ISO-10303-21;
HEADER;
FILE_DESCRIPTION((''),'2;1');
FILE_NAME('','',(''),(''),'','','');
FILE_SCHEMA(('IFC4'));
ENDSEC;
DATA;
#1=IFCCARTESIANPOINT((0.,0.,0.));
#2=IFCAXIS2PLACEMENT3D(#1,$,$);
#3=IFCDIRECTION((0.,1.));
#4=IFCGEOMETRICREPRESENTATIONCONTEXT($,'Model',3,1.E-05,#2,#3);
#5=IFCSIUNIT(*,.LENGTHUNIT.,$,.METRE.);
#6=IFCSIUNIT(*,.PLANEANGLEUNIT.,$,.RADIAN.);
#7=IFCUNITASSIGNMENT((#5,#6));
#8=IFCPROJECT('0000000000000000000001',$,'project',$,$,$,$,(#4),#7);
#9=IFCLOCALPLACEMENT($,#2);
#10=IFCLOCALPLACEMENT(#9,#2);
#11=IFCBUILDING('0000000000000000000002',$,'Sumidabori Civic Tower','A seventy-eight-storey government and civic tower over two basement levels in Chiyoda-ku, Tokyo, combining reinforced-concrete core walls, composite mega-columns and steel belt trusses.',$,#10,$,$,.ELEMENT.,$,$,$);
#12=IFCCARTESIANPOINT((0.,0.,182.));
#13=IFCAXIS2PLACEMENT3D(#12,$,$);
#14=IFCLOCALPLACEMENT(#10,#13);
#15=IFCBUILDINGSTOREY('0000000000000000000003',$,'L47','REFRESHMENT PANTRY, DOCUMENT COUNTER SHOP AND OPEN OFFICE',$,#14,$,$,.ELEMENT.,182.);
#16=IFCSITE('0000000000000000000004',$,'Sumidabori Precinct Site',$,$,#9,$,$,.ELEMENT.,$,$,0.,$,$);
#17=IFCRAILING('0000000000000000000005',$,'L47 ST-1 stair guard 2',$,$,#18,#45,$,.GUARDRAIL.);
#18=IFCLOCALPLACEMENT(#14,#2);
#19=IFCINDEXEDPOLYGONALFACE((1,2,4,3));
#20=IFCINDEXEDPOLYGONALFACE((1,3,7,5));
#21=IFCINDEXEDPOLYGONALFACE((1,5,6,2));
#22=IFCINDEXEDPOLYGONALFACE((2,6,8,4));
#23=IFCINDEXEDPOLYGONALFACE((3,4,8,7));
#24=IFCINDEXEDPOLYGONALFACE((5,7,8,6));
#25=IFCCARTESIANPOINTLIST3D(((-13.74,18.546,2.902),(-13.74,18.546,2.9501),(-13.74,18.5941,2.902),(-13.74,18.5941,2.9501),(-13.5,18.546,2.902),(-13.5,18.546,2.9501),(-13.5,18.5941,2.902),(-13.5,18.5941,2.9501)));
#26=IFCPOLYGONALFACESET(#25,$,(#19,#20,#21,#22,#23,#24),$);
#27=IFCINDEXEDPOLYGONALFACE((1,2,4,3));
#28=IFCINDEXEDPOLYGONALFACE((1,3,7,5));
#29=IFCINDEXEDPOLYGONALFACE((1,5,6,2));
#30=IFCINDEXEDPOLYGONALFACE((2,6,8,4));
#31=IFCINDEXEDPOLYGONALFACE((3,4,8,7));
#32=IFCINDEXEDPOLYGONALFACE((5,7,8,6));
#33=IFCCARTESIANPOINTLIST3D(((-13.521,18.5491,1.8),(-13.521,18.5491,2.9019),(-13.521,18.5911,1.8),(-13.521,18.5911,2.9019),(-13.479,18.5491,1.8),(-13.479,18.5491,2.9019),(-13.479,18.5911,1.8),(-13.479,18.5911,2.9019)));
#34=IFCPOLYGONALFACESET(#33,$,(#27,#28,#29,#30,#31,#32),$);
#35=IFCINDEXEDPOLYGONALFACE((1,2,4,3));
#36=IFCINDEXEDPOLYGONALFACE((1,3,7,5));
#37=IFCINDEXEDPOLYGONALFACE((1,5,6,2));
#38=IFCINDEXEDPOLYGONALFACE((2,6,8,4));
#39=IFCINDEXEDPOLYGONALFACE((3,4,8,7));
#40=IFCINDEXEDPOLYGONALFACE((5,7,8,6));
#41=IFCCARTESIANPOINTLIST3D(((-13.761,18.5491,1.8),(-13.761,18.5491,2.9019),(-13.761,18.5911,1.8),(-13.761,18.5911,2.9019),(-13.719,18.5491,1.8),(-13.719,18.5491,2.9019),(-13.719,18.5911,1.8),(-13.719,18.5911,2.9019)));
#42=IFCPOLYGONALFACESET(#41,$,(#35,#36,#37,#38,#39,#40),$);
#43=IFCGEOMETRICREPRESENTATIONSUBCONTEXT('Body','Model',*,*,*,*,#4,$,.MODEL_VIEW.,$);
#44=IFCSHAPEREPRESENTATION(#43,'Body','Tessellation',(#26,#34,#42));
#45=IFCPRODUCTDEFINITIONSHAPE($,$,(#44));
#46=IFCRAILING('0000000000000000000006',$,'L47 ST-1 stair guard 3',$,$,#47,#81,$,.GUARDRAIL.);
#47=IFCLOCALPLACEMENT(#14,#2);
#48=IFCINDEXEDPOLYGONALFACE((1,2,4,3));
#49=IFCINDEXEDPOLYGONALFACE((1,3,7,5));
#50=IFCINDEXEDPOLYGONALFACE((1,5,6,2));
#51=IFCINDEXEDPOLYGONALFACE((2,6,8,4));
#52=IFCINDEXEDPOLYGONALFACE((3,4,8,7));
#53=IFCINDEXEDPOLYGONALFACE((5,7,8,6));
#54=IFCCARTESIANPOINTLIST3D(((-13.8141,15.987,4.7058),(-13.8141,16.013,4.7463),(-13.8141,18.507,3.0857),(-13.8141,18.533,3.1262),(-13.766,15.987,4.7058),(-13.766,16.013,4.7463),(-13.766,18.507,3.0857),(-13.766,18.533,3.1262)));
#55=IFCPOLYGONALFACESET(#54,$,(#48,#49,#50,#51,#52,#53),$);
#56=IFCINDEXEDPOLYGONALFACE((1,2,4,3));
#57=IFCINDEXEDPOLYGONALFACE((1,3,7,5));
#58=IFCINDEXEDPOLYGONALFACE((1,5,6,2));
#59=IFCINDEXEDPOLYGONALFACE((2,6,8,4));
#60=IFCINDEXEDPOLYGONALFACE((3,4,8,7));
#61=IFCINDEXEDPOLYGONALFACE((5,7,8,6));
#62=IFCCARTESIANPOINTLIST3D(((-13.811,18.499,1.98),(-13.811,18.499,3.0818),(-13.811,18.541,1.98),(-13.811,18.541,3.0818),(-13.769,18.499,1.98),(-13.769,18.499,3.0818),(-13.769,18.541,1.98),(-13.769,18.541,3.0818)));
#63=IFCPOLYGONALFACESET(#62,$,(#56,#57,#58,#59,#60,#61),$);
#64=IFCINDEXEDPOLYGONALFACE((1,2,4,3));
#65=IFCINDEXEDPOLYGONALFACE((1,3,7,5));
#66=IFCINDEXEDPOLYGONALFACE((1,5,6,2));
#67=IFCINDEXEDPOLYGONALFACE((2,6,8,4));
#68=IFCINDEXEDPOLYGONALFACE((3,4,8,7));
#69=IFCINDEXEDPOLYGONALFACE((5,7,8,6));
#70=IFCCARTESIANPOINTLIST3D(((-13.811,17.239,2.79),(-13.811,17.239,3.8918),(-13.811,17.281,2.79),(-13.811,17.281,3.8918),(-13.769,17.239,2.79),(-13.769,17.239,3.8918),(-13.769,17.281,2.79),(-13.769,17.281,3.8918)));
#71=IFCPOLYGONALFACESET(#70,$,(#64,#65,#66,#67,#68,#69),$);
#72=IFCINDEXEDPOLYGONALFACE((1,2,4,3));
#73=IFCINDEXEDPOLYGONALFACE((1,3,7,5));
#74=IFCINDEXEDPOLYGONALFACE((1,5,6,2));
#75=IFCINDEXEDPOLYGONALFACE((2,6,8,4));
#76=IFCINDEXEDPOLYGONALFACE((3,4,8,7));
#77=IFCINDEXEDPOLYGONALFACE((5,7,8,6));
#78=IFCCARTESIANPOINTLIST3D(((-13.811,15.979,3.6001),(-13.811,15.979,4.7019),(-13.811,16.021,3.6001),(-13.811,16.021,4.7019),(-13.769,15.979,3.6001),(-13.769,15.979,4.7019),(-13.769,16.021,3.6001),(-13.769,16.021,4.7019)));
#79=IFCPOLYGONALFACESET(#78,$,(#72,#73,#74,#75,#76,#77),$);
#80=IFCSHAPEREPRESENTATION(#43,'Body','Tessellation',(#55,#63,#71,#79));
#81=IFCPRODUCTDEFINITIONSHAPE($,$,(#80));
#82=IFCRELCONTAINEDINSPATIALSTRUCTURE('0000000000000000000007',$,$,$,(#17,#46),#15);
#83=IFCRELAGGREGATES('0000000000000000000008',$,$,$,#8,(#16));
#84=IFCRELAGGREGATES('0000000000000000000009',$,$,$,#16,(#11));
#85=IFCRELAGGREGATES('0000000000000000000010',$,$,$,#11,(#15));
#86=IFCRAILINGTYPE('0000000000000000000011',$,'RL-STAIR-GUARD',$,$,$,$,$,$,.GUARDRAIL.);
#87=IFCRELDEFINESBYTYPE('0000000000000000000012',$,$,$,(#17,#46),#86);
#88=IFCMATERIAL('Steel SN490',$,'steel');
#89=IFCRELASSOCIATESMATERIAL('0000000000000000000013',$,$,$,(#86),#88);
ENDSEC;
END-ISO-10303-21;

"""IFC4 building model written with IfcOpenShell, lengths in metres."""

from ifc_helpers import new_model, si_unit, direction, frame, origin, origin_2d, place, context, subcontext, project, spatial, rectangle, extrude, material, type_object, element, save


model = new_model("IFC4")

# Units and contexts
model_context = context("Model", 3, precision=1e-05, world=origin(), true_north=direction((0.0, 1.0)))
body_context = subcontext(model_context, "Body", "Model", "MODEL_VIEW")
ifc_project = project(units=[si_unit("LENGTHUNIT", "METRE"), si_unit("PLANEANGLEUNIT", "RADIAN")], contexts=[model_context])

# Site, building, storey
site_placement = place(None, origin())
site = spatial("IfcSite", under=ifc_project, at=site_placement, Name="Sumidabori Precinct Site", CompositionType="ELEMENT", RefElevation=0.0)
building_placement = place(site_placement, origin())
building = spatial("IfcBuilding", under=site, at=building_placement, Name="Sumidabori Civic Tower", Description="A seventy-eight-storey government and civic tower over two basement levels in Chiyoda-ku, Tokyo, combining reinforced-concrete core walls, composite mega-columns and steel belt trusses.", CompositionType="ELEMENT")
storey_placement = place(building_placement, frame((0.0, 0.0, 182.0)))
storey = spatial("IfcBuildingStorey", under=building, at=storey_placement, Name="L47", Description="REFRESHMENT PANTRY, DOCUMENT COUNTER SHOP AND OPEN OFFICE", CompositionType="ELEMENT", Elevation=182.0)

# Shared definitions
ifc_material_1 = material(Name="Steel SN490", Category="steel")

# Railings
railing_type_1 = type_object("IfcRailingType", Name="RL-STAIR-GUARD", PredefinedType="GUARDRAIL", material=ifc_material_1)
railing_1_placement = place(storey_placement, frame((-13.5, 18.5701, 1.8)))
element("IfcRailing", 1, at=railing_1_placement, inside=storey, type_object=railing_type_1, Name="L47 ST-1 stair guard 2", PredefinedType="GUARDRAIL", context=body_context, shape_type="SweptSolid", body=[
    extrude(rectangle(XDim=0.0481, YDim=0.0481, at=origin_2d()), frame((0.0, 0.0, 1.126), z_axis=(-1.0, 0.0, 0.0), x_axis=(0.0, -1.0, 0.0)), (0.0, 0.0, 1.0), 0.24),
    extrude(rectangle(XDim=0.042, YDim=0.042, at=origin_2d()), origin(), (0.0, 0.0, 1.0), 1.1018),
    extrude(rectangle(XDim=0.042, YDim=0.042, at=origin_2d()), frame((-0.24, 0.0, 0.0)), (0.0, 0.0, 1.0), 1.1018),
])
railing_2_placement = place(storey_placement, frame((-13.79, 18.52, 1.98)))
element("IfcRailing", 2, at=railing_2_placement, inside=storey, type_object=railing_type_1, Name="L47 ST-1 stair guard 3", PredefinedType="GUARDRAIL", context=body_context, shape_type="SweptSolid", body=[
    extrude(rectangle(XDim=0.0481, YDim=0.0481, at=origin_2d()), frame((0.0, 0.0, 1.126), z_axis=(0.0, -0.841163, 0.540782), x_axis=(1.0, 0.0, 0.0)), (0.0, 0.0, 1.0), 2.9958),
    extrude(rectangle(XDim=0.042, YDim=0.042, at=origin_2d()), origin(), (0.0, 0.0, 1.0), 1.1018),
    extrude(rectangle(XDim=0.042, YDim=0.042, at=origin_2d()), frame((0.0, -1.26, 0.8101)), (0.0, 0.0, 1.0), 1.1018),
    extrude(rectangle(XDim=0.042, YDim=0.042, at=origin_2d()), frame((0.0, -2.52, 1.6201)), (0.0, 0.0, 1.0), 1.1018),
])

save(model, "model.ifc")
